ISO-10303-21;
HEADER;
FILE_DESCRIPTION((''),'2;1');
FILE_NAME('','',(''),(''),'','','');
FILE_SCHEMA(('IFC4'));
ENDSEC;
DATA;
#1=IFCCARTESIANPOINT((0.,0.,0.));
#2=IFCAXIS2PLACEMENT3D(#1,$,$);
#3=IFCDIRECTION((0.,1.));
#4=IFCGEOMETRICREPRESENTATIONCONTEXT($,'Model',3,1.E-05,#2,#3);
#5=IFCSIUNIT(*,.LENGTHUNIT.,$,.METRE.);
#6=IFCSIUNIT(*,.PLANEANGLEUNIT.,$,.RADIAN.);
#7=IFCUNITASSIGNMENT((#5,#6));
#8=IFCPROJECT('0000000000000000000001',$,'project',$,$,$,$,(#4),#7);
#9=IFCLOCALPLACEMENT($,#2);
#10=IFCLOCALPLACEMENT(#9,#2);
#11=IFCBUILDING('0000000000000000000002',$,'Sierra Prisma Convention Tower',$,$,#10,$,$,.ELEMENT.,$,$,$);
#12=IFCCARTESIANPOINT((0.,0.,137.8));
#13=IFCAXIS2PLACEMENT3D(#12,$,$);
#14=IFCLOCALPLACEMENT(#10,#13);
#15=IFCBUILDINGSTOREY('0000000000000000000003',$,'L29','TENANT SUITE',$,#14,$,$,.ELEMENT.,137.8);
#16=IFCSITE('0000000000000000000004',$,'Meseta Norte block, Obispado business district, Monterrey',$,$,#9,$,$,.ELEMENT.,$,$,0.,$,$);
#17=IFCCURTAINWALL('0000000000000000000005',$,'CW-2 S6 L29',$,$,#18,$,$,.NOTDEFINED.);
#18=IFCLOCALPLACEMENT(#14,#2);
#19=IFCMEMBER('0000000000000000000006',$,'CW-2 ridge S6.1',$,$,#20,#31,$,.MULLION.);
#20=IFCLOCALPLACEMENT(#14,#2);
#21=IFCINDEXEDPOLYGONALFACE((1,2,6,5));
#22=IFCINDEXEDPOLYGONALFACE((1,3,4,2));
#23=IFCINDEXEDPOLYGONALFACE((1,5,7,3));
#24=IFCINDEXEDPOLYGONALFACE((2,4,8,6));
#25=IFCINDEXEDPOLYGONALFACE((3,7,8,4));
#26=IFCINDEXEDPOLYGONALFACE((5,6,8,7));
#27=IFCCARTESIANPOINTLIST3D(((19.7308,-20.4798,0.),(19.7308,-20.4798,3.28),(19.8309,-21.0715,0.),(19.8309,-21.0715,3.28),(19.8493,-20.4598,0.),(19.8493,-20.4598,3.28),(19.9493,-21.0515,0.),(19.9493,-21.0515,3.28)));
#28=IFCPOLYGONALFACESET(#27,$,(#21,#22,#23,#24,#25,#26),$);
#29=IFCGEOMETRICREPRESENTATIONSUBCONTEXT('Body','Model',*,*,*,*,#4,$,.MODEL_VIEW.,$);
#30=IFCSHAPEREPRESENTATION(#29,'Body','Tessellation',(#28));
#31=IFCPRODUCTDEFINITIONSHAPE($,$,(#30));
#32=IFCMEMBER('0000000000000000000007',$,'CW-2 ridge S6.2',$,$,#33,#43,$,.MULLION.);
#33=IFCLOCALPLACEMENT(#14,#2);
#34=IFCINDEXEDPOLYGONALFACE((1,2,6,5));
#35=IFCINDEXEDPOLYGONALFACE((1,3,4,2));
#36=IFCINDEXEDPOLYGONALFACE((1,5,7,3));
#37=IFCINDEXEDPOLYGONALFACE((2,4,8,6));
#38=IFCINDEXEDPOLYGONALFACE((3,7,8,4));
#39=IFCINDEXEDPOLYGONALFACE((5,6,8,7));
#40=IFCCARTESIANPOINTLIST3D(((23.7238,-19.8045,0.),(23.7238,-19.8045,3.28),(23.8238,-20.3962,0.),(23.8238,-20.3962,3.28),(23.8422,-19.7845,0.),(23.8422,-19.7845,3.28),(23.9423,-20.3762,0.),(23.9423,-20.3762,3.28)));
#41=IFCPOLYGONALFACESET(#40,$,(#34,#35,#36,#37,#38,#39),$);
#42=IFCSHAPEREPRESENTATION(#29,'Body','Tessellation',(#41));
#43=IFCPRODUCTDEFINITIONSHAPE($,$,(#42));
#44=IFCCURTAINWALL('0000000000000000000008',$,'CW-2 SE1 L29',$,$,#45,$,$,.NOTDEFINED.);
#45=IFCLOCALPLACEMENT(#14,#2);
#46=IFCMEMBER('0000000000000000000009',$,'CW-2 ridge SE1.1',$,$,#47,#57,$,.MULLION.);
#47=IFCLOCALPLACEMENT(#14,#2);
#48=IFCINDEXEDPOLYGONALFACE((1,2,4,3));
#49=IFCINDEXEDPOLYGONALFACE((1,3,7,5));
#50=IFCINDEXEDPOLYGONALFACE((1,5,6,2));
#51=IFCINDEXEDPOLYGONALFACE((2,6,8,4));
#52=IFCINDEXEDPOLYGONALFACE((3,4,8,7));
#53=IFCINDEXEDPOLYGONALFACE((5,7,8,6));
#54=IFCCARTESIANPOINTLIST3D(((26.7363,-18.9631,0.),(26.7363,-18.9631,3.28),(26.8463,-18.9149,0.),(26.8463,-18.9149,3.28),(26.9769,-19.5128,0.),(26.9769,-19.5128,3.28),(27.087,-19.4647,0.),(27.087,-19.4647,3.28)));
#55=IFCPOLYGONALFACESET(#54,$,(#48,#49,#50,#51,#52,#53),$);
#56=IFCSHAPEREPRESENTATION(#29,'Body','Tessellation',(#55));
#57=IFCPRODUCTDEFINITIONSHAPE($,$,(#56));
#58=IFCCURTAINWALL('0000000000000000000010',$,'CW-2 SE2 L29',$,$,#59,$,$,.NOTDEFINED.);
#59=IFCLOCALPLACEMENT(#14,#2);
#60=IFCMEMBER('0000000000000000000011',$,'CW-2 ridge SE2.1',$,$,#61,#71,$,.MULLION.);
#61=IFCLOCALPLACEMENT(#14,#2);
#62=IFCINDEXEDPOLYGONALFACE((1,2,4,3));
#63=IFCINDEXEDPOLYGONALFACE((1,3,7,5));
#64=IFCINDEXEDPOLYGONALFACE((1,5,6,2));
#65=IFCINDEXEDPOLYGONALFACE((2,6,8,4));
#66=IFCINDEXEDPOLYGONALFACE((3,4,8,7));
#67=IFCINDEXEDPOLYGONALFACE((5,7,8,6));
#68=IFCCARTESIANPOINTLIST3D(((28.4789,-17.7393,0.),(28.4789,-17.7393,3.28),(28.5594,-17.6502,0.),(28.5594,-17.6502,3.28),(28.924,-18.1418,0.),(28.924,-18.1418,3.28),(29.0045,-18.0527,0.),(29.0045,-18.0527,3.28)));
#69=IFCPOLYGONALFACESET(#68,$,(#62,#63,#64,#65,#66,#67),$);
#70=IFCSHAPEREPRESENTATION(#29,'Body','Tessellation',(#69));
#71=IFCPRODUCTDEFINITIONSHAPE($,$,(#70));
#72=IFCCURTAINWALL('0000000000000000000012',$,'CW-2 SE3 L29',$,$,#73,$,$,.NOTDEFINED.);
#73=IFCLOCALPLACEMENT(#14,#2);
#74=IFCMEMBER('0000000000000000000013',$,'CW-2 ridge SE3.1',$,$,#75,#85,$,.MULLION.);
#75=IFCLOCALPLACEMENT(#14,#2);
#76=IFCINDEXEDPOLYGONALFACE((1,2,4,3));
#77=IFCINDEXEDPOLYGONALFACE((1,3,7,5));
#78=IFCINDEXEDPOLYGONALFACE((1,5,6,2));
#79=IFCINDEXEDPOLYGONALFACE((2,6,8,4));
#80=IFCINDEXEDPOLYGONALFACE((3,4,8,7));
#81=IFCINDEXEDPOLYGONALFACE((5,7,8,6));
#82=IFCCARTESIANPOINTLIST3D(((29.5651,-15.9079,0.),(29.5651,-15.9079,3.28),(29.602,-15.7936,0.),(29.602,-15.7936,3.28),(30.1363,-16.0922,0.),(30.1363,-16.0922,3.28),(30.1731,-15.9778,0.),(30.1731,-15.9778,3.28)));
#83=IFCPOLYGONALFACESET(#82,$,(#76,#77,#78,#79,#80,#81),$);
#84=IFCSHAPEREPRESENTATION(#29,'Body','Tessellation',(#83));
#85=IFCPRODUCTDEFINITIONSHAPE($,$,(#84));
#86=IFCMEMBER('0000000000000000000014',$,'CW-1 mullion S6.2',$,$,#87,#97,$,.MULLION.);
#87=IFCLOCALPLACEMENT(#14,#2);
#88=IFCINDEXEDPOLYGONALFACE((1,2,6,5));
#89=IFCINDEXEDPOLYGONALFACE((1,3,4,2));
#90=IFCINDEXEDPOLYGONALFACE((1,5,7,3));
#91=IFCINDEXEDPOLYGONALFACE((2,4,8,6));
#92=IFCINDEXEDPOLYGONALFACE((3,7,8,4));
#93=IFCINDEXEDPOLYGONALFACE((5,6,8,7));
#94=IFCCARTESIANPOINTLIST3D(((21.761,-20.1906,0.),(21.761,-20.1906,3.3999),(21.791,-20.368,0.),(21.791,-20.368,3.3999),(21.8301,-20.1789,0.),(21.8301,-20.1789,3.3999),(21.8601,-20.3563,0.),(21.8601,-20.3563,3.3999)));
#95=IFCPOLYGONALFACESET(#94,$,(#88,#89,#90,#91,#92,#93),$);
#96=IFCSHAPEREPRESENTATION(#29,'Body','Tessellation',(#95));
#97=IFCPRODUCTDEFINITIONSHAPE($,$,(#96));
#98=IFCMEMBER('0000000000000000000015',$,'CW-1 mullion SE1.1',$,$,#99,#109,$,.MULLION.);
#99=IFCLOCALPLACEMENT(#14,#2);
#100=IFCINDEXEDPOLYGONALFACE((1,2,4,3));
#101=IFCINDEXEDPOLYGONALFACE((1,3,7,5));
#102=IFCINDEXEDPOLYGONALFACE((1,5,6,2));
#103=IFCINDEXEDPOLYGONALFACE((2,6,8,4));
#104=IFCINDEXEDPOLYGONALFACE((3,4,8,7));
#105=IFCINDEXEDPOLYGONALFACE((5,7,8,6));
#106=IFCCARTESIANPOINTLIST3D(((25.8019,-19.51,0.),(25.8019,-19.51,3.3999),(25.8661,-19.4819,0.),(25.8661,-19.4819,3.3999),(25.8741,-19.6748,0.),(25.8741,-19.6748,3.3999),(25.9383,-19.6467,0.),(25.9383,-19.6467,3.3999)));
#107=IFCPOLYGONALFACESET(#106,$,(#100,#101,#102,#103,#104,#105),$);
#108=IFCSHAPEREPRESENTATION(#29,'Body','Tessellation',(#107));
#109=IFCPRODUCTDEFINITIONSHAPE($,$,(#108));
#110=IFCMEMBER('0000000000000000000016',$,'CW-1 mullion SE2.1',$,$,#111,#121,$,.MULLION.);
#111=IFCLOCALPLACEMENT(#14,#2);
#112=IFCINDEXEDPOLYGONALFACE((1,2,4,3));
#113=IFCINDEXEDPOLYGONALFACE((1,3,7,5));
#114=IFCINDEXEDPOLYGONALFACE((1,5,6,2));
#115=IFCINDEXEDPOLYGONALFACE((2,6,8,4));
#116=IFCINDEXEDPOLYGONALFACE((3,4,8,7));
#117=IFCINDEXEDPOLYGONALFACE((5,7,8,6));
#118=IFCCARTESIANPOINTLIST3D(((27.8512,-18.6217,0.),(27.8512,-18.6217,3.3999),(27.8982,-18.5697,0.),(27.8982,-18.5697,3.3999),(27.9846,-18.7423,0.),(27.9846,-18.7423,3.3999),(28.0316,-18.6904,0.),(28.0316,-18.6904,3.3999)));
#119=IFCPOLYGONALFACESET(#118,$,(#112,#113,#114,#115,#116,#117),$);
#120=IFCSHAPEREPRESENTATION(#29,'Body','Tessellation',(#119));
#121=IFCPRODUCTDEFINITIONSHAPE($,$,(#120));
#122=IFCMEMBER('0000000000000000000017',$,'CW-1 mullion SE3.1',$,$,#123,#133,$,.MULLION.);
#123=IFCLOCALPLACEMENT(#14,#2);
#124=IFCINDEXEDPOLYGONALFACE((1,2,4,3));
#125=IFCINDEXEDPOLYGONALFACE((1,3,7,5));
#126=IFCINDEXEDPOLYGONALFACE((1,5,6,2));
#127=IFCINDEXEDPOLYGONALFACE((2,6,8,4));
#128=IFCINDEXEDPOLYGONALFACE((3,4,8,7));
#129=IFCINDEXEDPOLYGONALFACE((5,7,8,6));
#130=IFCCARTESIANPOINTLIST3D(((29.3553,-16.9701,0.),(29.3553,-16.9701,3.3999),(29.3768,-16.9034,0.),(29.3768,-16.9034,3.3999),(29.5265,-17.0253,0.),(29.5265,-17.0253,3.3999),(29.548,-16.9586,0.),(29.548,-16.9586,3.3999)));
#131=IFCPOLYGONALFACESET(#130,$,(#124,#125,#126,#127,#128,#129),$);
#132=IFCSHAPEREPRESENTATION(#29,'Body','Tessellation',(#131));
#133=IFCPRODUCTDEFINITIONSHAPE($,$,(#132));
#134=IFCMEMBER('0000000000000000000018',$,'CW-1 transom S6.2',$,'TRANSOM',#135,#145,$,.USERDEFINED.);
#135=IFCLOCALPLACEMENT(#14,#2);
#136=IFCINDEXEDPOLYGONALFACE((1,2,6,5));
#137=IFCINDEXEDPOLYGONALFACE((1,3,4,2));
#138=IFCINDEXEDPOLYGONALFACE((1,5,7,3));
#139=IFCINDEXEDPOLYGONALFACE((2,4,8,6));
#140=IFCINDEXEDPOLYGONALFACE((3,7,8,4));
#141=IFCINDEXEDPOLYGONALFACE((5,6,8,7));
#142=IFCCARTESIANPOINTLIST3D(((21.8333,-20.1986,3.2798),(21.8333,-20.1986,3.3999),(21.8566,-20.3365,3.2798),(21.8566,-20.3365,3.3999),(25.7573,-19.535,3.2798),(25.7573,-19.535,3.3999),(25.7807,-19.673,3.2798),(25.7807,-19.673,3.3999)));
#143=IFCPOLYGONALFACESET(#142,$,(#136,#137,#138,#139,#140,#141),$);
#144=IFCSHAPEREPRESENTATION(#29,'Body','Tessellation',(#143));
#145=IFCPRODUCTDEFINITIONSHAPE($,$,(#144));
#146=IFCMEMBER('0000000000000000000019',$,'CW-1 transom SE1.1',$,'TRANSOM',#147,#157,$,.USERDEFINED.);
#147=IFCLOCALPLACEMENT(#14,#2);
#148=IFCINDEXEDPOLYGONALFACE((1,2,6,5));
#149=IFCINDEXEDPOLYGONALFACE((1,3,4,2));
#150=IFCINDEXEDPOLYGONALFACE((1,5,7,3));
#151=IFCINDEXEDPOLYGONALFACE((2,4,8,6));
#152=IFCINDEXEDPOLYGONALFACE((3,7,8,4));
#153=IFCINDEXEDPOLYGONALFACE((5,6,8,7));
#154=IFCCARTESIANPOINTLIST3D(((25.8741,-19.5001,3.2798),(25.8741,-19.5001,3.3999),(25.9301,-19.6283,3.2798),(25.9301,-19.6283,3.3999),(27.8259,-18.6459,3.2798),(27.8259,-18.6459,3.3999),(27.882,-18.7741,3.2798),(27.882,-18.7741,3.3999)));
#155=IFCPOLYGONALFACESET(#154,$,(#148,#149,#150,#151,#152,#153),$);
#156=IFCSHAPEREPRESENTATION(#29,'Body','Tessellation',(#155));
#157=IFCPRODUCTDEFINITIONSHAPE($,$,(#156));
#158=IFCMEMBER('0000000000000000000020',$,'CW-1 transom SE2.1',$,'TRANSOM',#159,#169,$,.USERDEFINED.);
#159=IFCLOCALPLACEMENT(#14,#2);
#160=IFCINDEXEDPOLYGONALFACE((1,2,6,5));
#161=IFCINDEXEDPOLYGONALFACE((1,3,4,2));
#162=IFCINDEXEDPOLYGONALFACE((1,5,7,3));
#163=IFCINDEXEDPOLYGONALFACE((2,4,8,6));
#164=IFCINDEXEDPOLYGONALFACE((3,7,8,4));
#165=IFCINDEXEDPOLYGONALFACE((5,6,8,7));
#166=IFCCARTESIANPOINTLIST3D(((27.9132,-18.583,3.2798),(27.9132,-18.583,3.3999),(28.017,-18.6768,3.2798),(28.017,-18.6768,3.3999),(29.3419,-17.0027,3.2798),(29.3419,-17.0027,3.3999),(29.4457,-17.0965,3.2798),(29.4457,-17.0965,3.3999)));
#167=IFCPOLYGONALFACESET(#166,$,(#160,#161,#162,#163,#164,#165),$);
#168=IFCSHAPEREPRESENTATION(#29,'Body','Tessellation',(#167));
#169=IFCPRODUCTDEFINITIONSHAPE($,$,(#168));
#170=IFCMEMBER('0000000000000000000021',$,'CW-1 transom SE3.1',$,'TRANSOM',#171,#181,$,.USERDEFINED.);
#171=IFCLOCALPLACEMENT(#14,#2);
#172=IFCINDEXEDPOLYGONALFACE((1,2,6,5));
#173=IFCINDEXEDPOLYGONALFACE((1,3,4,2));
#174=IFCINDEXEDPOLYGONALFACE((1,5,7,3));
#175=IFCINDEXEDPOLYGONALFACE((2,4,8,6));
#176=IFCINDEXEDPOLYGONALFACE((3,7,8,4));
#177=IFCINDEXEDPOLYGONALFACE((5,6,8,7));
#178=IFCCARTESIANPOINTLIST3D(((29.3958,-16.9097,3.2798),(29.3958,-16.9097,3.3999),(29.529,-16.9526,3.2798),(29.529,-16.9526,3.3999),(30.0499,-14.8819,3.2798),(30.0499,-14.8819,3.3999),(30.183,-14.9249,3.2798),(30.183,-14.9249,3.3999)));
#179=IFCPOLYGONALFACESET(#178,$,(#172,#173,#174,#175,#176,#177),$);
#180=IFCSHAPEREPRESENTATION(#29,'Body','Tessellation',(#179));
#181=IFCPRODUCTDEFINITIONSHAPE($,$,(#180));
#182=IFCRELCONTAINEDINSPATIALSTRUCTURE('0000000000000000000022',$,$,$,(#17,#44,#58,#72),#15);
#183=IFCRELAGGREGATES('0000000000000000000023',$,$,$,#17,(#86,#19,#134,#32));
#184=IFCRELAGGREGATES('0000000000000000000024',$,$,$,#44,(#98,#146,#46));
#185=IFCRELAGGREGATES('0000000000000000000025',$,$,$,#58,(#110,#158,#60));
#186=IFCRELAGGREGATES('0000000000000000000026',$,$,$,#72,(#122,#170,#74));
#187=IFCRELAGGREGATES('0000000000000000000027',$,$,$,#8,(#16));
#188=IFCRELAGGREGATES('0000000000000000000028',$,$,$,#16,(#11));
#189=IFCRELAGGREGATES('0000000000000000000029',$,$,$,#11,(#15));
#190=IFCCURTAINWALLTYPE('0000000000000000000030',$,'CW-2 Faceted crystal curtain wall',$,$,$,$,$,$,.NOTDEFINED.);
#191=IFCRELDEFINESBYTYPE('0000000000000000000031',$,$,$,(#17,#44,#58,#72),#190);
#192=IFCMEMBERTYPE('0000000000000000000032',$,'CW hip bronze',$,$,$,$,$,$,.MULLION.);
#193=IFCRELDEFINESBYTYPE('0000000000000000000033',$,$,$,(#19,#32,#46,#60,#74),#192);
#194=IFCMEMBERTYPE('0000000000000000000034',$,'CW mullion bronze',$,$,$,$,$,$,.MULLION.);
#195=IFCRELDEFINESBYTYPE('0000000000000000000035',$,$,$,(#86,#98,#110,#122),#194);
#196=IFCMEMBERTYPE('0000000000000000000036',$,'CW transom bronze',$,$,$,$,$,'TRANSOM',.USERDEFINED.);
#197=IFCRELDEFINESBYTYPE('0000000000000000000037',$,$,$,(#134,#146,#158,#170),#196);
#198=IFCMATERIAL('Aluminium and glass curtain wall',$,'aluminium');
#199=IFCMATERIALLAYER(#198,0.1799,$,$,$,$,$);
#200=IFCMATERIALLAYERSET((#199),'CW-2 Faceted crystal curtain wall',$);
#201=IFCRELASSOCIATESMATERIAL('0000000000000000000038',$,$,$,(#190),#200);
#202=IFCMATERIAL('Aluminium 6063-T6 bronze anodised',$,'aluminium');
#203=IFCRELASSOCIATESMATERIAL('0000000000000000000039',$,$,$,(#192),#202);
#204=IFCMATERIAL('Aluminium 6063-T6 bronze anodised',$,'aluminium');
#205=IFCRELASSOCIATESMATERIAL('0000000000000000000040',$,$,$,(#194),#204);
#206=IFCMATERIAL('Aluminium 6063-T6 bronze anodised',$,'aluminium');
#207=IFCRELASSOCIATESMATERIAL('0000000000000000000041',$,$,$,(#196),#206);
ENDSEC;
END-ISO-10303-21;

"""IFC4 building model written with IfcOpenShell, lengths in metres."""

from ifc_helpers import new_model, si_unit, direction, frame, origin, origin_2d, place, context, subcontext, project, spatial, rectangle, extrude, material, layer, layer_set, material_profile, profile_set, type_object, element, aggregate, save


model = new_model("IFC4")

# Units and contexts
model_context = context("Model", 3, precision=1e-05, world=origin(), true_north=direction((0.0, 1.0)))
body_context = subcontext(model_context, "Body", "Model", "MODEL_VIEW")
ifc_project = project(units=[si_unit("LENGTHUNIT", "METRE"), si_unit("PLANEANGLEUNIT", "RADIAN")], contexts=[model_context])

# Site, building, storey
site_placement = place(None, origin())
site = spatial("IfcSite", under=ifc_project, at=site_placement, Name="Meseta Norte block, Obispado business district, Monterrey", CompositionType="ELEMENT", RefElevation=0.0)
building_placement = place(site_placement, origin())
building = spatial("IfcBuilding", under=site, at=building_placement, Name="Sierra Prisma Convention Tower", CompositionType="ELEMENT")
storey_placement = place(building_placement, frame((0.0, 0.0, 137.8)))
storey = spatial("IfcBuildingStorey", under=building, at=storey_placement, Name="L29", Description="TENANT SUITE", CompositionType="ELEMENT", Elevation=137.8)

# Curtain wall, members
ifc_material_1 = material(Name="Aluminium and glass curtain wall", Category="aluminium")
ifc_layer_1 = layer(ifc_material_1, 0.1799)
ifc_layer_set_1 = layer_set([ifc_layer_1], Name="CW-2 Faceted crystal curtain wall")
curtain_wall_type = type_object("IfcCurtainWallType", Name="CW-2 Faceted crystal curtain wall", PredefinedType="NOTDEFINED", material=ifc_layer_set_1)
curtain_wall_1_placement = place(storey_placement, origin())
curtain_wall_1 = element("IfcCurtainWall", 1, at=curtain_wall_1_placement, inside=storey, type_object=curtain_wall_type, Name="CW-2 S6 L29", PredefinedType="NOTDEFINED")
ifc_material_2 = material(Name="Aluminium 6063-T6 bronze anodised", Category="aluminium")
ifc_material_profile_1 = material_profile(ifc_material_2, rectangle(XDim=0.1201, YDim=0.6001, at=origin_2d()), Name="ALU RIDGE BLADE 120x600")
ifc_profile_set_1 = profile_set([ifc_material_profile_1], Name="Aluminium 6063-T6 bronze anodised")
member_type_1 = type_object("IfcMemberType", Name="CW hip bronze", PredefinedType="MULLION", material=ifc_profile_set_1)
member_1_placement = place(storey_placement, frame((19.8401, -20.7656, 0.0), z_axis=(0.0, 0.0, 1.0), x_axis=(0.985997, 0.166764, 0.0)))
member_1 = element("IfcMember", 2, at=member_1_placement, type_object=member_type_1, Name="CW-2 ridge S6.1", PredefinedType="MULLION", context=body_context, shape_type="SweptSolid", body=[
    extrude(rectangle(XDim=0.1201, YDim=0.6001, at=origin_2d()), origin(), (0.0, 0.0, 1.0), 3.28),
])
member_2_placement = place(storey_placement, frame((23.833, -20.0903, 0.0), z_axis=(0.0, 0.0, 1.0), x_axis=(0.985997, 0.166764, 0.0)))
member_2 = element("IfcMember", 3, at=member_2_placement, type_object=member_type_1, Name="CW-2 ridge S6.2", PredefinedType="MULLION", context=body_context, shape_type="SweptSolid", body=[
    extrude(rectangle(XDim=0.1201, YDim=0.6001, at=origin_2d()), origin(), (0.0, 0.0, 1.0), 3.28),
])

# Curtain walls, members
curtain_wall_2_placement = place(storey_placement, origin())
curtain_wall_2 = element("IfcCurtainWall", 4, at=curtain_wall_2_placement, inside=storey, type_object=curtain_wall_type, Name="CW-2 SE1 L29", PredefinedType="NOTDEFINED")
member_3_placement = place(storey_placement, frame((26.9116, -19.2139, 0.0), z_axis=(0.0, 0.0, 1.0), x_axis=(0.916085, 0.400985, 0.0)))
member_3 = element("IfcMember", 5, at=member_3_placement, type_object=member_type_1, Name="CW-2 ridge SE1.1", PredefinedType="MULLION", context=body_context, shape_type="SweptSolid", body=[
    extrude(rectangle(XDim=0.1201, YDim=0.6001, at=origin_2d()), origin(), (0.0, 0.0, 1.0), 3.28),
])
curtain_wall_3_placement = place(storey_placement, origin())
curtain_wall_3 = element("IfcCurtainWall", 6, at=curtain_wall_3_placement, inside=storey, type_object=curtain_wall_type, Name="CW-2 SE2 L29", PredefinedType="NOTDEFINED")
member_4_placement = place(storey_placement, frame((28.7417, -17.896, 0.0), z_axis=(0.0, 0.0, 1.0), x_axis=(0.670687, 0.741741, 0.0)))
member_4 = element("IfcMember", 7, at=member_4_placement, type_object=member_type_1, Name="CW-2 ridge SE2.1", PredefinedType="MULLION", context=body_context, shape_type="SweptSolid", body=[
    extrude(rectangle(XDim=0.1201, YDim=0.6001, at=origin_2d()), origin(), (0.0, 0.0, 1.0), 3.28),
])
curtain_wall_4_placement = place(storey_placement, origin())
curtain_wall_4 = element("IfcCurtainWall", 8, at=curtain_wall_4_placement, inside=storey, type_object=curtain_wall_type, Name="CW-2 SE3 L29", PredefinedType="NOTDEFINED")
member_5_placement = place(storey_placement, frame((29.8691, -15.9429, 0.0), z_axis=(0.0, 0.0, 1.0), x_axis=(0.307023, 0.951702, 0.0)))
member_5 = element("IfcMember", 9, at=member_5_placement, type_object=member_type_1, Name="CW-2 ridge SE3.1", PredefinedType="MULLION", context=body_context, shape_type="SweptSolid", body=[
    extrude(rectangle(XDim=0.1201, YDim=0.6001, at=origin_2d()), origin(), (0.0, 0.0, 1.0), 3.28),
])

# Members
ifc_material_3 = material(Name="Aluminium 6063-T6 bronze anodised", Category="aluminium")
ifc_material_profile_2 = material_profile(ifc_material_3, rectangle(XDim=0.1799, YDim=0.0701, at=origin_2d()), Name="ALU MULLION 70x180")
ifc_profile_set_2 = profile_set([ifc_material_profile_2], Name="Aluminium 6063-T6 bronze anodised")
member_type_2 = type_object("IfcMemberType", Name="CW mullion bronze", PredefinedType="MULLION", material=ifc_profile_set_2)
member_6_placement = place(storey_placement, frame((21.8105, -20.2734, 0.0), z_axis=(0.0, 0.0, 1.0), x_axis=(-0.166764, 0.985997, 0.0)))
member_6 = element("IfcMember", 10, at=member_6_placement, type_object=member_type_2, Name="CW-1 mullion S6.2", PredefinedType="MULLION", context=body_context, shape_type="SweptSolid", body=[
    extrude(rectangle(XDim=0.1799, YDim=0.0701, at=origin_2d()), origin(), (0.0, 0.0, 1.0), 3.3999),
])
member_7_placement = place(storey_placement, frame((25.8701, -19.5784, 0.0), z_axis=(0.0, 0.0, 1.0), x_axis=(-0.400985, 0.916085, 0.0)))
member_7 = element("IfcMember", 11, at=member_7_placement, type_object=member_type_2, Name="CW-1 mullion SE1.1", PredefinedType="MULLION", context=body_context, shape_type="SweptSolid", body=[
    extrude(rectangle(XDim=0.1799, YDim=0.0701, at=origin_2d()), origin(), (0.0, 0.0, 1.0), 3.3999),
])
member_8_placement = place(storey_placement, frame((27.9414, -18.656, 0.0), z_axis=(0.0, 0.0, 1.0), x_axis=(-0.741741, 0.670687, 0.0)))
member_8 = element("IfcMember", 12, at=member_8_placement, type_object=member_type_2, Name="CW-1 mullion SE2.1", PredefinedType="MULLION", context=body_context, shape_type="SweptSolid", body=[
    extrude(rectangle(XDim=0.1799, YDim=0.0701, at=origin_2d()), origin(), (0.0, 0.0, 1.0), 3.3999),
])
member_9_placement = place(storey_placement, frame((29.4517, -16.9644, 0.0), z_axis=(0.0, 0.0, 1.0), x_axis=(-0.951702, 0.307023, 0.0)))
member_9 = element("IfcMember", 13, at=member_9_placement, type_object=member_type_2, Name="CW-1 mullion SE3.1", PredefinedType="MULLION", context=body_context, shape_type="SweptSolid", body=[
    extrude(rectangle(XDim=0.1799, YDim=0.0701, at=origin_2d()), origin(), (0.0, 0.0, 1.0), 3.3999),
])
ifc_material_4 = material(Name="Aluminium 6063-T6 bronze anodised", Category="aluminium")
ifc_material_profile_3 = material_profile(ifc_material_4, rectangle(XDim=0.1399, YDim=0.1201, at=origin_2d()), Name="ALU TRANSOM 120x140")
ifc_profile_set_3 = profile_set([ifc_material_profile_3], Name="Aluminium 6063-T6 bronze anodised")
member_type_3 = type_object("IfcMemberType", Name="CW transom bronze", ElementType="TRANSOM", PredefinedType="USERDEFINED", material=ifc_profile_set_3)
member_10_placement = place(storey_placement, frame((21.845, -20.2676, 3.3398), z_axis=(0.986002, 0.166736, 0.0), x_axis=(-0.166736, 0.986002, 0.0)))
member_10 = element("IfcMember", 14, at=member_10_placement, type_object=member_type_3, Name="CW-1 transom S6.2", ObjectType="TRANSOM", PredefinedType="USERDEFINED", context=body_context, shape_type="SweptSolid", body=[
    extrude(rectangle(XDim=0.1399, YDim=0.1201, at=origin_2d()), origin(), (0.0, 0.0, 1.0), 3.9797),
])
member_11_placement = place(storey_placement, frame((25.9021, -19.5642, 3.3398), z_axis=(0.916107, 0.400933, 0.0), x_axis=(-0.400933, 0.916107, 0.0)))
member_11 = element("IfcMember", 15, at=member_11_placement, type_object=member_type_3, Name="CW-1 transom SE1.1", ObjectType="TRANSOM", PredefinedType="USERDEFINED", context=body_context, shape_type="SweptSolid", body=[
    extrude(rectangle(XDim=0.1399, YDim=0.1201, at=origin_2d()), origin(), (0.0, 0.0, 1.0), 2.1306),
])
member_12_placement = place(storey_placement, frame((27.9651, -18.6299, 3.3398), z_axis=(0.670628, 0.741794, 0.0), x_axis=(-0.741794, 0.670628, 0.0)))
member_12 = element("IfcMember", 16, at=member_12_placement, type_object=member_type_3, Name="CW-1 transom SE2.1", ObjectType="TRANSOM", PredefinedType="USERDEFINED", context=body_context, shape_type="SweptSolid", body=[
    extrude(rectangle(XDim=0.1399, YDim=0.1201, at=origin_2d()), origin(), (0.0, 0.0, 1.0), 2.1304),
])
member_13_placement = place(storey_placement, frame((29.4624, -16.9312, 3.3398), z_axis=(0.306966, 0.95172, 0.0), x_axis=(-0.95172, 0.306966, 0.0)))
member_13 = element("IfcMember", 17, at=member_13_placement, type_object=member_type_3, Name="CW-1 transom SE3.1", ObjectType="TRANSOM", PredefinedType="USERDEFINED", context=body_context, shape_type="SweptSolid", body=[
    extrude(rectangle(XDim=0.1399, YDim=0.1201, at=origin_2d()), origin(), (0.0, 0.0, 1.0), 2.1306),
])

aggregate(curtain_wall_1, [member_6, member_1, member_10, member_2])
aggregate(curtain_wall_2, [member_7, member_11, member_3])
aggregate(curtain_wall_3, [member_8, member_12, member_4])
aggregate(curtain_wall_4, [member_9, member_13, member_5])

save(model, "model.ifc")
